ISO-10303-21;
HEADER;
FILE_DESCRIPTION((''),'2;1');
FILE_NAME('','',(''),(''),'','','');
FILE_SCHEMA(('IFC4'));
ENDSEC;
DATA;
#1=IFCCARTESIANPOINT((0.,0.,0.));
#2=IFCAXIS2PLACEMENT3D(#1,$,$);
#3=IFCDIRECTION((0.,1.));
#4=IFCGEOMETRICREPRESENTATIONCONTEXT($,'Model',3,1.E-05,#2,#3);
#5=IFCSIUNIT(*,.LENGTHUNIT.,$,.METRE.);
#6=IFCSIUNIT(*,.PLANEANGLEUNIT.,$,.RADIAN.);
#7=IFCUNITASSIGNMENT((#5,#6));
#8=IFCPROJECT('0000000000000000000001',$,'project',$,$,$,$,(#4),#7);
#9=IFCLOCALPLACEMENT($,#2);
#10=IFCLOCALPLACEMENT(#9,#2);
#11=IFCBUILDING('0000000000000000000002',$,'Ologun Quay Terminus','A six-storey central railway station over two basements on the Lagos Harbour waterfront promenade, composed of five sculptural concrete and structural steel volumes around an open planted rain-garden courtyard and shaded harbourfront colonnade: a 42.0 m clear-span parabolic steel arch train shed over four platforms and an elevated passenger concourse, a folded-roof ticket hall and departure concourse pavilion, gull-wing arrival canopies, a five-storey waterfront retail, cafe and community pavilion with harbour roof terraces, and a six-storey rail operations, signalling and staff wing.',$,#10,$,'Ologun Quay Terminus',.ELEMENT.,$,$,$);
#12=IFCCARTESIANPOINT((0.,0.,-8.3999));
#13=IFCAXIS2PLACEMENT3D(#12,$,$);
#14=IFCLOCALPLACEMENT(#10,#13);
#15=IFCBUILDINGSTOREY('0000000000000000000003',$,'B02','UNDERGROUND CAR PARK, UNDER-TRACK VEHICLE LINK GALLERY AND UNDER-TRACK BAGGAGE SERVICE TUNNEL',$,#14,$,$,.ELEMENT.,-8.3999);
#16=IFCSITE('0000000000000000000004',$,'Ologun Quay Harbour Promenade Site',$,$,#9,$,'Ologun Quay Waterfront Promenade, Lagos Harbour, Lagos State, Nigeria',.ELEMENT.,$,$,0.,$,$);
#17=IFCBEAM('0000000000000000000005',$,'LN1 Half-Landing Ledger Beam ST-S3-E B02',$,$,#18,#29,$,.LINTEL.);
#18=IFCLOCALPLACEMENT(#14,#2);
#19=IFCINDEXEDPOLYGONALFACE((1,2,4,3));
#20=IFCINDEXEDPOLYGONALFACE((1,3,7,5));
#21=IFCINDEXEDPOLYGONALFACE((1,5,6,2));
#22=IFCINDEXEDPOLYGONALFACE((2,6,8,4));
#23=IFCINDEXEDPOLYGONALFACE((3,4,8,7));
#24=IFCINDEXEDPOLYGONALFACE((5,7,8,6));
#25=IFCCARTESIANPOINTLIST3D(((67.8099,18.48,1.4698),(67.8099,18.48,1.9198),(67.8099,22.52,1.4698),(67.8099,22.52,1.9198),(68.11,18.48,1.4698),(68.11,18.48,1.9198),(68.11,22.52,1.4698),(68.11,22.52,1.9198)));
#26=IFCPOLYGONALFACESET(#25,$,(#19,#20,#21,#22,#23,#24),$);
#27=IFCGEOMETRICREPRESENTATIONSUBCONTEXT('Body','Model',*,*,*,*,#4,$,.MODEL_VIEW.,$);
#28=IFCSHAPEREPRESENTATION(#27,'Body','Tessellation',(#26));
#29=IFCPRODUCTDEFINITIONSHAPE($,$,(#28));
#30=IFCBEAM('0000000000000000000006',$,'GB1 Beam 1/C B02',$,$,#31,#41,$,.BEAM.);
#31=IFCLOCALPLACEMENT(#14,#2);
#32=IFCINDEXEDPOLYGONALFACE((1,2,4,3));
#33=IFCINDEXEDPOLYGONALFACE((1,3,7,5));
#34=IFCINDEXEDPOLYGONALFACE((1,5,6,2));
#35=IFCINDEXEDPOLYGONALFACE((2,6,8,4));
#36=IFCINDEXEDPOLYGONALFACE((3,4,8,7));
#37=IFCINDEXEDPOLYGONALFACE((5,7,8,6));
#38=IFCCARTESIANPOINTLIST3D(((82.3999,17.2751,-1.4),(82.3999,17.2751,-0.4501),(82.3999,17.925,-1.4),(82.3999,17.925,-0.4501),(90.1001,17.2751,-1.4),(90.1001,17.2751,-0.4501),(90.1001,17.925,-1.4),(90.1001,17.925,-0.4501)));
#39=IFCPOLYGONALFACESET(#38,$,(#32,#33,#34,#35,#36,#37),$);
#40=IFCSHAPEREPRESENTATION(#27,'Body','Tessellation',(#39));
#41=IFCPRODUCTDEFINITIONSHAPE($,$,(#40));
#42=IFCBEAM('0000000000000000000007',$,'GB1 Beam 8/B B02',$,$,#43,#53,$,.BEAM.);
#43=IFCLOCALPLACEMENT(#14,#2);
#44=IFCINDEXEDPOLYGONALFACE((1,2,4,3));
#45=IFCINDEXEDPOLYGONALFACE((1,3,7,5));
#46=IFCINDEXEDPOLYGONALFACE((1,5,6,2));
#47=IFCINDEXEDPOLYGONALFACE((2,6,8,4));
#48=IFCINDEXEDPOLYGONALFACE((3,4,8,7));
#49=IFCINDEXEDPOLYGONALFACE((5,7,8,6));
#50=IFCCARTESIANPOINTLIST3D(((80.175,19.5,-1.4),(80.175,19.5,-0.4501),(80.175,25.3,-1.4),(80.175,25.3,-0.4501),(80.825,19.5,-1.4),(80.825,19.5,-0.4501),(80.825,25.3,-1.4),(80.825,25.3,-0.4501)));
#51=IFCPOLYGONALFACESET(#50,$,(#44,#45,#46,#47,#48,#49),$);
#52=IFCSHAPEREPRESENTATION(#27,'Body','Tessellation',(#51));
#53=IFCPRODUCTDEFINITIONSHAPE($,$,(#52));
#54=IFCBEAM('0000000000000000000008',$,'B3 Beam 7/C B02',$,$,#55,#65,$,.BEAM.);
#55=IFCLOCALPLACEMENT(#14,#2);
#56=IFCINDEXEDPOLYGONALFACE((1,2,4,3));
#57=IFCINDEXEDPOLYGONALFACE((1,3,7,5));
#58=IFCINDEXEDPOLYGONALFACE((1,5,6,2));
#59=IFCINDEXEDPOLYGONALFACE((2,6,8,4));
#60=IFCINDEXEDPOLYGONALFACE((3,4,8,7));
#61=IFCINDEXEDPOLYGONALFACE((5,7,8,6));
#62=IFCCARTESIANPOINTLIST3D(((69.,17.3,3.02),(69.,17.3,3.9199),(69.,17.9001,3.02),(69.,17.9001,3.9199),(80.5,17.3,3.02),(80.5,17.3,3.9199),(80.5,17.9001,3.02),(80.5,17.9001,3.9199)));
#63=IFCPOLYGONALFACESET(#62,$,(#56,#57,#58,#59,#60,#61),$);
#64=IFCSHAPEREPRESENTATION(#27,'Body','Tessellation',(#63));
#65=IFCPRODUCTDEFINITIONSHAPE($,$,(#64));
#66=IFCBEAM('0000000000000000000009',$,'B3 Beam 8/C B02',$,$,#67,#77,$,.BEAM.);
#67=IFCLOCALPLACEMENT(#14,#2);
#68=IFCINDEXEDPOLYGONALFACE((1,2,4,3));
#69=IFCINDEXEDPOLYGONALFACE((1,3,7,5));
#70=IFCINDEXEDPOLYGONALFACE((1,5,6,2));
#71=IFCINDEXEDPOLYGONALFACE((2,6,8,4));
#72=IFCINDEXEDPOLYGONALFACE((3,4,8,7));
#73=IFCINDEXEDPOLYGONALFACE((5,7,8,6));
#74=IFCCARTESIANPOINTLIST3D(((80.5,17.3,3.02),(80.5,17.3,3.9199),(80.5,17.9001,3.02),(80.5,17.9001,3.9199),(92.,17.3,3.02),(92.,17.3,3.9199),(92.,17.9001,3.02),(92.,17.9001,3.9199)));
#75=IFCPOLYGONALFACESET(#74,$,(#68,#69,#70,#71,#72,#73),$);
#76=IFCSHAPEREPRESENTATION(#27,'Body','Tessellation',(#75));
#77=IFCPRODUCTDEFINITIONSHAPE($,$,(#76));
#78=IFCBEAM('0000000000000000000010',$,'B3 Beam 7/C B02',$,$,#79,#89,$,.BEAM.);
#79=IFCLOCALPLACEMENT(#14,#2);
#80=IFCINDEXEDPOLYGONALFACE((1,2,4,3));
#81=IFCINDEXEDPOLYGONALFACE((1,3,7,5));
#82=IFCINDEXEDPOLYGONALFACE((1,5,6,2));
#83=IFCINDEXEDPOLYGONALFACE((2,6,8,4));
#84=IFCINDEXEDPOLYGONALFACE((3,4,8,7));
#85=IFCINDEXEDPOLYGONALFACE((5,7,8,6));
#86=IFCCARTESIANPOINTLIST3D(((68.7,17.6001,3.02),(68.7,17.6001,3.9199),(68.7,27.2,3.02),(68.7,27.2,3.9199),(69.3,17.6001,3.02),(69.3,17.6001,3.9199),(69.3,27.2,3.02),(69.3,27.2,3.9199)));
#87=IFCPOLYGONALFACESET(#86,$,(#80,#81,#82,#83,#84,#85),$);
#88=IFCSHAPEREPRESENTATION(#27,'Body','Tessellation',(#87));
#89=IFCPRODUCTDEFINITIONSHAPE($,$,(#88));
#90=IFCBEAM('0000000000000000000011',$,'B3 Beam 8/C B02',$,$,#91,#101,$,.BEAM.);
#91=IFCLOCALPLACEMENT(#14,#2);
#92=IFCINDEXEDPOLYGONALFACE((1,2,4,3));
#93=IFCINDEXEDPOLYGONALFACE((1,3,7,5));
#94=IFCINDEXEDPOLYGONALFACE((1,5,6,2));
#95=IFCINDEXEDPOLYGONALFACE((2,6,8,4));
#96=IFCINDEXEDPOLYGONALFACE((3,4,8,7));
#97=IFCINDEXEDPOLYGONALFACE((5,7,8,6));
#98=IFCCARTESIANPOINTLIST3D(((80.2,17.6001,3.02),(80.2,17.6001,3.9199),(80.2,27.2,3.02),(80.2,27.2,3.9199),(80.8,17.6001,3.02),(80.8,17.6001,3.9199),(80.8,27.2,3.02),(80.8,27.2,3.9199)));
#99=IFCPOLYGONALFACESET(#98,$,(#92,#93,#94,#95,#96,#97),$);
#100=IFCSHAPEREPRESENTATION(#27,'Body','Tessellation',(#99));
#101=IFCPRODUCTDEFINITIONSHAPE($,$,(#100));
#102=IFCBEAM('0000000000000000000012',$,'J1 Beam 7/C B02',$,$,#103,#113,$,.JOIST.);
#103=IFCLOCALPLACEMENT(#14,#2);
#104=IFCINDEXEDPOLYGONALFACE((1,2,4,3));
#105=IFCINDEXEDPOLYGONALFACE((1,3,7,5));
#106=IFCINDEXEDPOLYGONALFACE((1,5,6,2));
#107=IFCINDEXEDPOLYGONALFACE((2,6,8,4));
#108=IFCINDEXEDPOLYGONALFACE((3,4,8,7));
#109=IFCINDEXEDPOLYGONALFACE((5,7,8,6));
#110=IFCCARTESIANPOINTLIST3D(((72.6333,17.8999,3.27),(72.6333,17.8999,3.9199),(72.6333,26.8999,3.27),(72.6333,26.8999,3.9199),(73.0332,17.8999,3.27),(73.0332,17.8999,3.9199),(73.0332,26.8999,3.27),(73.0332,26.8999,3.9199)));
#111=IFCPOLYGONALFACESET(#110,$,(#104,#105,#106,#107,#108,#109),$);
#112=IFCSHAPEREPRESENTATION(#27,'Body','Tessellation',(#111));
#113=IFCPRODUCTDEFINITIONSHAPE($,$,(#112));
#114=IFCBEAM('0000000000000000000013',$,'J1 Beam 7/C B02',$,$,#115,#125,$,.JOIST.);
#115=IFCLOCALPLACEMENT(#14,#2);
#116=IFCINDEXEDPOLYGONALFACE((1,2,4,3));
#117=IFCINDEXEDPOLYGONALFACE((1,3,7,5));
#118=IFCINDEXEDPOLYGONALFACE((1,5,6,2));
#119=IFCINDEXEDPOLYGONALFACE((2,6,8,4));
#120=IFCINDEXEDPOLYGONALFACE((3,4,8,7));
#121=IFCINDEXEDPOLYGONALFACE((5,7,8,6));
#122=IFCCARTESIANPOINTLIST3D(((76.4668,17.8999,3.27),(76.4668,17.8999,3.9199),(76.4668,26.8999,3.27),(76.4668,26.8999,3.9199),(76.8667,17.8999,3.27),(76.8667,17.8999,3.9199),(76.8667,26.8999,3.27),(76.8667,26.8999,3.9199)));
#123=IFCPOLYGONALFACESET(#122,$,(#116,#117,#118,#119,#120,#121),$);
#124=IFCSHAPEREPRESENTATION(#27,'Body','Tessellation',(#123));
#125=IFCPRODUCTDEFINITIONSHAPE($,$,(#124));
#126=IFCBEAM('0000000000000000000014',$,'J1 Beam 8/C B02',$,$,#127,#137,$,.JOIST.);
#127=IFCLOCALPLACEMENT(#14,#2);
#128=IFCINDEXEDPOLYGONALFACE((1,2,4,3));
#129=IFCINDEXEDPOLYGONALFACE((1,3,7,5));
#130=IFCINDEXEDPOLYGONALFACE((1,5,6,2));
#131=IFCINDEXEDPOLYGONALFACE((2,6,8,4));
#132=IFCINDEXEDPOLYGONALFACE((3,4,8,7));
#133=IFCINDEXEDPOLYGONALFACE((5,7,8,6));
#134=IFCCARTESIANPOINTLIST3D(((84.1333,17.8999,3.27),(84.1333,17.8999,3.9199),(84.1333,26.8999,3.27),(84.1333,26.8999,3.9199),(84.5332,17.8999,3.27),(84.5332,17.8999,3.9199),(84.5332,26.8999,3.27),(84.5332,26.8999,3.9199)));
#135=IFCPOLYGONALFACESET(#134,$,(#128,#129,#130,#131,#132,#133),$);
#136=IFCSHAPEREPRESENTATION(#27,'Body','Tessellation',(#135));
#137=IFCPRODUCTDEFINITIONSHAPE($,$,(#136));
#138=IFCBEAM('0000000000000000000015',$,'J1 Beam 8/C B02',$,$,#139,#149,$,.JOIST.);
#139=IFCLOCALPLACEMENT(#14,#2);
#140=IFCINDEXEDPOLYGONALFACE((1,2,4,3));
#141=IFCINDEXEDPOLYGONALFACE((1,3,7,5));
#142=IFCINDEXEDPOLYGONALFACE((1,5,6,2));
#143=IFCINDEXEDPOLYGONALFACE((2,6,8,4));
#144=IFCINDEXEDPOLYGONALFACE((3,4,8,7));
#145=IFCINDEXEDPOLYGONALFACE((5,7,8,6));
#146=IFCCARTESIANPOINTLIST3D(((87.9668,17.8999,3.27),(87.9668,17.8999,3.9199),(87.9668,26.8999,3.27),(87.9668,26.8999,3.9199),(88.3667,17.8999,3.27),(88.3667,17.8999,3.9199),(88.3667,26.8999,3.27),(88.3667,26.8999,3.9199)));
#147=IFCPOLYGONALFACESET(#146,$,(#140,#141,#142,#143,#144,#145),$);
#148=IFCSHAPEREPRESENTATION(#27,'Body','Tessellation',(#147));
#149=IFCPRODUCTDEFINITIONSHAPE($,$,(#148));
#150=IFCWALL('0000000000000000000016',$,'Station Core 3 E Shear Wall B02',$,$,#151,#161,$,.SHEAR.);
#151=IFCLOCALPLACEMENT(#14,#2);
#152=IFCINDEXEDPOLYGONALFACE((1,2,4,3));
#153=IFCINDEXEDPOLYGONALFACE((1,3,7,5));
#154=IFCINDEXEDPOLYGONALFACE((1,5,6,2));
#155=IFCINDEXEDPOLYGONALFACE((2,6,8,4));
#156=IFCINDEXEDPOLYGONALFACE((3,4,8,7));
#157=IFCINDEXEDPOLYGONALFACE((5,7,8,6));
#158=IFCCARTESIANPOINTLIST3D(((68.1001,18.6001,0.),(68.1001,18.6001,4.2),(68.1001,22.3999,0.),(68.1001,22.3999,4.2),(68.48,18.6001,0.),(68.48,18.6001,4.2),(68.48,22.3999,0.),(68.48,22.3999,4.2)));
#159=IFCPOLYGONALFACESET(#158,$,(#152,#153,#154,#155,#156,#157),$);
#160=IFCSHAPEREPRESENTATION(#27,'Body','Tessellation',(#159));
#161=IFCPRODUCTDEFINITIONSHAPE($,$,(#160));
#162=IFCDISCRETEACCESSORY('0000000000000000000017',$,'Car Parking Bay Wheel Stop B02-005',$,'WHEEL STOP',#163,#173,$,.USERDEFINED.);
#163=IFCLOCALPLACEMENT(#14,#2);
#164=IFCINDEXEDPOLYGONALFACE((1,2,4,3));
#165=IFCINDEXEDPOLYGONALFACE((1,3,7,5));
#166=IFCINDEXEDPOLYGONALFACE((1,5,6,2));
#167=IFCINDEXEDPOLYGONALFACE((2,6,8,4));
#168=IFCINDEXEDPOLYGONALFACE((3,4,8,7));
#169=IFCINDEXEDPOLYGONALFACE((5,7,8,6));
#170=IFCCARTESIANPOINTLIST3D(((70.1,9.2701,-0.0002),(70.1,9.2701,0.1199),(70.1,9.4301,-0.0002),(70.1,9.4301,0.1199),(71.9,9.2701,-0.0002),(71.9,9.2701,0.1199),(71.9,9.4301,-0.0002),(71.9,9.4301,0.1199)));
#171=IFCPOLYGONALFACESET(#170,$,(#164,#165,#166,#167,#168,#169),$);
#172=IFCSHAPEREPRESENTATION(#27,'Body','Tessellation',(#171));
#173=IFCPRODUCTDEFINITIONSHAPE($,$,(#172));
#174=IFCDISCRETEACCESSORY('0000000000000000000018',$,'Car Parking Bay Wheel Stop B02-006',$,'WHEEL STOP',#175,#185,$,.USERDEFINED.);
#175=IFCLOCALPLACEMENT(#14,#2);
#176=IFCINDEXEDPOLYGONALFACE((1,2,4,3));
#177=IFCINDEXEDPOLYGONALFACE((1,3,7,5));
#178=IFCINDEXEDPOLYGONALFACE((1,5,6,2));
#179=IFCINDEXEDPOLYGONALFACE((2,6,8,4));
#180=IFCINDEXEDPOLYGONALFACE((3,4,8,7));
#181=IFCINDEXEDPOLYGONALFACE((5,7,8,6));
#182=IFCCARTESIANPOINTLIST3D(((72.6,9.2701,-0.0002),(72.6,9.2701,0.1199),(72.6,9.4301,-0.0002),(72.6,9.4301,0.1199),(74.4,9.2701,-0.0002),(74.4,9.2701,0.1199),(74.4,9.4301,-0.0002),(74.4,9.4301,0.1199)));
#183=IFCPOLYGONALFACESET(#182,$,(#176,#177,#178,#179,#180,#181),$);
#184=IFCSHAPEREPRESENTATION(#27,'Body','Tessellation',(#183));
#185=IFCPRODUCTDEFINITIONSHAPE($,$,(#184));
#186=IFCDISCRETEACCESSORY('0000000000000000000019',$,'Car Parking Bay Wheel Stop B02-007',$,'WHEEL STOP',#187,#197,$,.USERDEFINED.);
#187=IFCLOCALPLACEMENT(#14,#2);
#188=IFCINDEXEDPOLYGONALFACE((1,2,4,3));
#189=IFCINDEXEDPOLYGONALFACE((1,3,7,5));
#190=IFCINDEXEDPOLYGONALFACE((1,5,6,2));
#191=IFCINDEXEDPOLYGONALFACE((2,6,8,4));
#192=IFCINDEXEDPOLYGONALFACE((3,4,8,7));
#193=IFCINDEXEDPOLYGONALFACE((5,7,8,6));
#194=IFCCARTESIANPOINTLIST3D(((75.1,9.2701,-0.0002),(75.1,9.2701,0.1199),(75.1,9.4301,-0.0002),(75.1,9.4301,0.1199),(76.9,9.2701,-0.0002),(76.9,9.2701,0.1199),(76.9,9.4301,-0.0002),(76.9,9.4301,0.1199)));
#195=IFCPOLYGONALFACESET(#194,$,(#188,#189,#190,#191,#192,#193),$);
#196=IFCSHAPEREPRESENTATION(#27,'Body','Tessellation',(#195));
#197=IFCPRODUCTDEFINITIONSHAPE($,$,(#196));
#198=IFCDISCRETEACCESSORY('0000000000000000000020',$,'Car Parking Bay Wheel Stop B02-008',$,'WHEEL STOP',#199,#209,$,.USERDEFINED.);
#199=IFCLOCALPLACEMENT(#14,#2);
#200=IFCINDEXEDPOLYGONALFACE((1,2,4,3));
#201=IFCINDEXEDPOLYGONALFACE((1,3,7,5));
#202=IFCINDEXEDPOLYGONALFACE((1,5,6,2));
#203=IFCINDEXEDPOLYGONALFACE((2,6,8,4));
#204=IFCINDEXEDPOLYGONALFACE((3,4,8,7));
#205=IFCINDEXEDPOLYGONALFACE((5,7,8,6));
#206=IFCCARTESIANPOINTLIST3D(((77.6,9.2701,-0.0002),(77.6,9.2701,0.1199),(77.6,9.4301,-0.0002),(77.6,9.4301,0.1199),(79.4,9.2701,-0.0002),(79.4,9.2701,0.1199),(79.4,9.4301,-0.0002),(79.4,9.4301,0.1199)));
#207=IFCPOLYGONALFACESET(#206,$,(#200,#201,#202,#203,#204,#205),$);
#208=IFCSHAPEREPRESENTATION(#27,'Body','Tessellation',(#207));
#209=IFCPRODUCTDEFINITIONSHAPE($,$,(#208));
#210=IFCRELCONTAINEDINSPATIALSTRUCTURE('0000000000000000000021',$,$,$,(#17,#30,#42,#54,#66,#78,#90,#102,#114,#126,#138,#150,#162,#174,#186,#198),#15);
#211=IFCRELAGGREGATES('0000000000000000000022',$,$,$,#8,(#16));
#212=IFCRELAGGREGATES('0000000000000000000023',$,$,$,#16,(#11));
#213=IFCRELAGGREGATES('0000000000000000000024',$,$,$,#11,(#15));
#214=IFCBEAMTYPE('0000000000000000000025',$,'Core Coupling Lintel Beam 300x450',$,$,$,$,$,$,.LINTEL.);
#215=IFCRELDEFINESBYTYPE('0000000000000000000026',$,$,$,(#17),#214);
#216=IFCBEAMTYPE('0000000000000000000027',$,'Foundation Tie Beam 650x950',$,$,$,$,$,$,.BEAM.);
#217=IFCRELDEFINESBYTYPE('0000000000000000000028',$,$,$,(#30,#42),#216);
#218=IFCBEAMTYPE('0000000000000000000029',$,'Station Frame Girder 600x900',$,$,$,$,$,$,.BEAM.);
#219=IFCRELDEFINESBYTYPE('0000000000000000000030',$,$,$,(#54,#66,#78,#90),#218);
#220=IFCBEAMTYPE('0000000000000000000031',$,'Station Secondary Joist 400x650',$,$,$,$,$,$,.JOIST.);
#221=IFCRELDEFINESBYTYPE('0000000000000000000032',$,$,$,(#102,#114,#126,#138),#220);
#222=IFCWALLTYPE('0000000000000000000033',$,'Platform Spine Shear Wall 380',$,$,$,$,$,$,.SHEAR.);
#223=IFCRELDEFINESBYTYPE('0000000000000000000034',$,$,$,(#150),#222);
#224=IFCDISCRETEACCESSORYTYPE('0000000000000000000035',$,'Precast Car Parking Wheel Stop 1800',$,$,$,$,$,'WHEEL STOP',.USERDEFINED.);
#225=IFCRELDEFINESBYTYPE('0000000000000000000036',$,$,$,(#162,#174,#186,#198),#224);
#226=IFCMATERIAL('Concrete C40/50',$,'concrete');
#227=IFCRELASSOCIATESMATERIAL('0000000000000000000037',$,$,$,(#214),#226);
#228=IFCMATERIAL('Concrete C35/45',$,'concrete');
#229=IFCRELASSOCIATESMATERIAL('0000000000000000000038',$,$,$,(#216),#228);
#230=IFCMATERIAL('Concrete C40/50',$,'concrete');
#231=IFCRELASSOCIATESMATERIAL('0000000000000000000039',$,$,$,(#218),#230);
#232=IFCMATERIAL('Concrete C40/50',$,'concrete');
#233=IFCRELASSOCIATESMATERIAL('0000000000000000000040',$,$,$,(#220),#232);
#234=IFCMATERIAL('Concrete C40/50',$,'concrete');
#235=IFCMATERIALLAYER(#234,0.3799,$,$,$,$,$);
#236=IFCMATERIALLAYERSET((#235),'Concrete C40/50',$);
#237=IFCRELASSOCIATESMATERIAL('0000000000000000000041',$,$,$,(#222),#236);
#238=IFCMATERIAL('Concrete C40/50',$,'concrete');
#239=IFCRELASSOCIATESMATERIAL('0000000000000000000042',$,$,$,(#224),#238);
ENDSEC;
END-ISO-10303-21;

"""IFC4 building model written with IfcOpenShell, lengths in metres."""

from ifc_helpers import new_model, si_unit, direction, frame, frame_2d, origin, origin_2d, place, context, subcontext, project, spatial, rectangle, extrude, material, layer, layer_set, material_profile, profile_set, type_object, element, save


model = new_model("IFC4")

# Units and contexts
model_context = context("Model", 3, precision=1e-05, world=origin(), true_north=direction((0.0, 1.0)))
body_context = subcontext(model_context, "Body", "Model", "MODEL_VIEW")
ifc_project = project(units=[si_unit("LENGTHUNIT", "METRE"), si_unit("PLANEANGLEUNIT", "RADIAN")], contexts=[model_context])

# Site, building, storey
site_placement = place(None, origin())
site = spatial("IfcSite", under=ifc_project, at=site_placement, Name="Ologun Quay Harbour Promenade Site", LongName="Ologun Quay Waterfront Promenade, Lagos Harbour, Lagos State, Nigeria", CompositionType="ELEMENT", RefElevation=0.0)
building_placement = place(site_placement, origin())
building = spatial("IfcBuilding", under=site, at=building_placement, Name="Ologun Quay Terminus", Description="A six-storey central railway station over two basements on the Lagos Harbour waterfront promenade, composed of five sculptural concrete and structural steel volumes around an open planted rain-garden courtyard and shaded harbourfront colonnade: a 42.0 m clear-span parabolic steel arch train shed over four platforms and an elevated passenger concourse, a folded-roof ticket hall and departure concourse pavilion, gull-wing arrival canopies, a five-storey waterfront retail, cafe and community pavilion with harbour roof terraces, and a six-storey rail operations, signalling and staff wing.", LongName="Ologun Quay Terminus", CompositionType="ELEMENT")
storey_placement = place(building_placement, frame((0.0, 0.0, -8.3999)))
storey = spatial("IfcBuildingStorey", under=building, at=storey_placement, Name="B02", Description="UNDERGROUND CAR PARK, UNDER-TRACK VEHICLE LINK GALLERY AND UNDER-TRACK BAGGAGE SERVICE TUNNEL", CompositionType="ELEMENT", Elevation=-8.3999)

# Beams
ifc_material_1 = material(Name="Concrete C40/50", Category="concrete")
ifc_material_profile_1 = material_profile(ifc_material_1, rectangle(XDim=0.3, YDim=0.45, at=origin_2d()), Name="RC 300x450")
ifc_profile_set_1 = profile_set([ifc_material_profile_1], Name="Concrete C40/50")
beam_type_1 = type_object("IfcBeamType", Name="Core Coupling Lintel Beam 300x450", PredefinedType="LINTEL", material=ifc_profile_set_1)
beam_1_placement = place(storey_placement, frame((67.96, 18.48, 1.6948), z_axis=(0.0, 1.0, 0.0), x_axis=(-1.0, 0.0, 0.0)))
element("IfcBeam", 1, at=beam_1_placement, inside=storey, type_object=beam_type_1, Name="LN1 Half-Landing Ledger Beam ST-S3-E B02", PredefinedType="LINTEL", context=body_context, shape_type="SweptSolid", body=[
    extrude(rectangle(XDim=0.3, YDim=0.45, at=origin_2d()), origin(), (0.0, 0.0, 1.0), 4.04),
])
ifc_material_2 = material(Name="Concrete C35/45", Category="concrete")
ifc_material_profile_2 = material_profile(ifc_material_2, rectangle(XDim=0.6499, YDim=0.95, at=origin_2d()), Name="RC 650x950")
ifc_profile_set_2 = profile_set([ifc_material_profile_2], Name="Concrete C35/45")
beam_type_2 = type_object("IfcBeamType", Name="Foundation Tie Beam 650x950", PredefinedType="BEAM", material=ifc_profile_set_2)
beam_2_placement = place(storey_placement, frame((82.3999, 17.6001, -0.925), z_axis=(1.0, 0.0, 0.0), x_axis=(0.0, 1.0, 0.0)))
element("IfcBeam", 2, at=beam_2_placement, inside=storey, type_object=beam_type_2, Name="GB1 Beam 1/C B02", PredefinedType="BEAM", context=body_context, shape_type="SweptSolid", body=[
    extrude(rectangle(XDim=0.6499, YDim=0.95, at=origin_2d()), origin(), (0.0, 0.0, 1.0), 7.7002),
])
beam_3_placement = place(storey_placement, frame((80.5, 19.5, -0.925), z_axis=(0.0, 1.0, 0.0), x_axis=(-1.0, 0.0, 0.0)))
element("IfcBeam", 3, at=beam_3_placement, inside=storey, type_object=beam_type_2, Name="GB1 Beam 8/B B02", PredefinedType="BEAM", context=body_context, shape_type="SweptSolid", body=[
    extrude(rectangle(XDim=0.6499, YDim=0.95, at=origin_2d()), origin(), (0.0, 0.0, 1.0), 5.8),
])
ifc_material_3 = material(Name="Concrete C40/50", Category="concrete")
ifc_material_profile_3 = material_profile(ifc_material_3, rectangle(XDim=0.6001, YDim=0.8999, at=origin_2d()), Name="RC 600x900")
ifc_profile_set_3 = profile_set([ifc_material_profile_3], Name="Concrete C40/50")
beam_type_3 = type_object("IfcBeamType", Name="Station Frame Girder 600x900", PredefinedType="BEAM", material=ifc_profile_set_3)
for number, where, z_axis, x_axis, name in (
    (4, (69.0, 17.6001, 3.47), (1.0, 0.0, 0.0), (0.0, 1.0, 0.0), "B3 Beam 7/C B02"),
    (5, (80.5, 17.6001, 3.47), (1.0, 0.0, 0.0), (0.0, 1.0, 0.0), "B3 Beam 8/C B02"),
):
    element("IfcBeam", number, at=place(storey_placement, frame(where, z_axis=z_axis, x_axis=x_axis)), inside=storey, type_object=beam_type_3, Name=name, PredefinedType="BEAM", context=body_context, shape_type="SweptSolid", body=[
        extrude(rectangle(XDim=0.6001, YDim=0.8999, at=origin_2d()), origin(), (0.0, 0.0, 1.0), 11.5),
    ])
for number, where, z_axis, x_axis, name in (
    (6, (69.0, 17.6001, 3.47), (0.0, 1.0, 0.0), (-1.0, 0.0, 0.0), "B3 Beam 7/C B02"),
    (7, (80.5, 17.6001, 3.47), (0.0, 1.0, 0.0), (-1.0, 0.0, 0.0), "B3 Beam 8/C B02"),
):
    element("IfcBeam", number, at=place(storey_placement, frame(where, z_axis=z_axis, x_axis=x_axis)), inside=storey, type_object=beam_type_3, Name=name, PredefinedType="BEAM", context=body_context, shape_type="SweptSolid", body=[
        extrude(rectangle(XDim=0.6001, YDim=0.8999, at=origin_2d()), origin(), (0.0, 0.0, 1.0), 9.5999),
    ])
ifc_material_4 = material(Name="Concrete C40/50", Category="concrete")
ifc_material_profile_4 = material_profile(ifc_material_4, rectangle(XDim=0.3999, YDim=0.6499, at=origin_2d()), Name="RC 400x650")
ifc_profile_set_4 = profile_set([ifc_material_profile_4], Name="Concrete C40/50")
beam_type_4 = type_object("IfcBeamType", Name="Station Secondary Joist 400x650", PredefinedType="JOIST", material=ifc_profile_set_4)
for number, where, z_axis, x_axis, name in (
    (8, (72.8333, 17.8999, 3.595), (0.0, 1.0, 0.0), (-1.0, 0.0, 0.0), "J1 Beam 7/C B02"),
    (9, (76.6667, 17.8999, 3.595), (0.0, 1.0, 0.0), (-1.0, 0.0, 0.0), "J1 Beam 7/C B02"),
    (10, (84.3333, 17.8999, 3.595), (0.0, 1.0, 0.0), (-1.0, 0.0, 0.0), "J1 Beam 8/C B02"),
    (11, (88.1667, 17.8999, 3.595), (0.0, 1.0, 0.0), (-1.0, 0.0, 0.0), "J1 Beam 8/C B02"),
):
    element("IfcBeam", number, at=place(storey_placement, frame(where, z_axis=z_axis, x_axis=x_axis)), inside=storey, type_object=beam_type_4, Name=name, PredefinedType="JOIST", context=body_context, shape_type="SweptSolid", body=[
        extrude(rectangle(XDim=0.3999, YDim=0.6499, at=origin_2d()), origin(), (0.0, 0.0, 1.0), 9.0),
    ])

# Wall
ifc_material_5 = material(Name="Concrete C40/50", Category="concrete")
ifc_layer = layer(ifc_material_5, 0.3799)
ifc_layer_set = layer_set([ifc_layer], Name="Concrete C40/50")
wall_type = type_object("IfcWallType", Name="Platform Spine Shear Wall 380", PredefinedType="SHEAR", material=ifc_layer_set)
wall_placement = place(storey_placement, frame((68.29, 18.6001, 0.0), z_axis=(0.0, 0.0, 1.0), x_axis=(0.0, 1.0, 0.0)))
element("IfcWall", 12, at=wall_placement, inside=storey, type_object=wall_type, Name="Station Core 3 E Shear Wall B02", PredefinedType="SHEAR", context=body_context, shape_type="SweptSolid", body=[
    extrude(rectangle(XDim=3.7998, YDim=0.3799, at=frame_2d((1.8999, 0.0))), origin(), (0.0, 0.0, 1.0), 4.2),
])

# Discrete accessories
ifc_material_6 = material(Name="Concrete C40/50", Category="concrete")
discrete_accessory_type = type_object("IfcDiscreteAccessoryType", Name="Precast Car Parking Wheel Stop 1800", ElementType="WHEEL STOP", PredefinedType="USERDEFINED", material=ifc_material_6)
for number, where, z_axis, x_axis, name in (
    (13, (71.0, 9.3501, -0.0002), (0.0, 0.0, 1.0), (1.0, 0.0, 0.0), "Car Parking Bay Wheel Stop B02-005"),
    (14, (73.5, 9.3501, -0.0002), (0.0, 0.0, 1.0), (1.0, 0.0, 0.0), "Car Parking Bay Wheel Stop B02-006"),
    (15, (76.0, 9.3501, -0.0002), (0.0, 0.0, 1.0), (1.0, 0.0, 0.0), "Car Parking Bay Wheel Stop B02-007"),
    (16, (78.5, 9.3501, -0.0002), (0.0, 0.0, 1.0), (1.0, 0.0, 0.0), "Car Parking Bay Wheel Stop B02-008"),
):
    element("IfcDiscreteAccessory", number, at=place(storey_placement, frame(where, z_axis=z_axis, x_axis=x_axis)), inside=storey, type_object=discrete_accessory_type, Name=name, ObjectType="WHEEL STOP", PredefinedType="USERDEFINED", context=body_context, shape_type="SweptSolid", body=[
        extrude(rectangle(XDim=1.8, YDim=0.1599, at=origin_2d()), origin(), (0.0, 0.0, 1.0), 0.1201),
    ])

save(model, "model.ifc")
